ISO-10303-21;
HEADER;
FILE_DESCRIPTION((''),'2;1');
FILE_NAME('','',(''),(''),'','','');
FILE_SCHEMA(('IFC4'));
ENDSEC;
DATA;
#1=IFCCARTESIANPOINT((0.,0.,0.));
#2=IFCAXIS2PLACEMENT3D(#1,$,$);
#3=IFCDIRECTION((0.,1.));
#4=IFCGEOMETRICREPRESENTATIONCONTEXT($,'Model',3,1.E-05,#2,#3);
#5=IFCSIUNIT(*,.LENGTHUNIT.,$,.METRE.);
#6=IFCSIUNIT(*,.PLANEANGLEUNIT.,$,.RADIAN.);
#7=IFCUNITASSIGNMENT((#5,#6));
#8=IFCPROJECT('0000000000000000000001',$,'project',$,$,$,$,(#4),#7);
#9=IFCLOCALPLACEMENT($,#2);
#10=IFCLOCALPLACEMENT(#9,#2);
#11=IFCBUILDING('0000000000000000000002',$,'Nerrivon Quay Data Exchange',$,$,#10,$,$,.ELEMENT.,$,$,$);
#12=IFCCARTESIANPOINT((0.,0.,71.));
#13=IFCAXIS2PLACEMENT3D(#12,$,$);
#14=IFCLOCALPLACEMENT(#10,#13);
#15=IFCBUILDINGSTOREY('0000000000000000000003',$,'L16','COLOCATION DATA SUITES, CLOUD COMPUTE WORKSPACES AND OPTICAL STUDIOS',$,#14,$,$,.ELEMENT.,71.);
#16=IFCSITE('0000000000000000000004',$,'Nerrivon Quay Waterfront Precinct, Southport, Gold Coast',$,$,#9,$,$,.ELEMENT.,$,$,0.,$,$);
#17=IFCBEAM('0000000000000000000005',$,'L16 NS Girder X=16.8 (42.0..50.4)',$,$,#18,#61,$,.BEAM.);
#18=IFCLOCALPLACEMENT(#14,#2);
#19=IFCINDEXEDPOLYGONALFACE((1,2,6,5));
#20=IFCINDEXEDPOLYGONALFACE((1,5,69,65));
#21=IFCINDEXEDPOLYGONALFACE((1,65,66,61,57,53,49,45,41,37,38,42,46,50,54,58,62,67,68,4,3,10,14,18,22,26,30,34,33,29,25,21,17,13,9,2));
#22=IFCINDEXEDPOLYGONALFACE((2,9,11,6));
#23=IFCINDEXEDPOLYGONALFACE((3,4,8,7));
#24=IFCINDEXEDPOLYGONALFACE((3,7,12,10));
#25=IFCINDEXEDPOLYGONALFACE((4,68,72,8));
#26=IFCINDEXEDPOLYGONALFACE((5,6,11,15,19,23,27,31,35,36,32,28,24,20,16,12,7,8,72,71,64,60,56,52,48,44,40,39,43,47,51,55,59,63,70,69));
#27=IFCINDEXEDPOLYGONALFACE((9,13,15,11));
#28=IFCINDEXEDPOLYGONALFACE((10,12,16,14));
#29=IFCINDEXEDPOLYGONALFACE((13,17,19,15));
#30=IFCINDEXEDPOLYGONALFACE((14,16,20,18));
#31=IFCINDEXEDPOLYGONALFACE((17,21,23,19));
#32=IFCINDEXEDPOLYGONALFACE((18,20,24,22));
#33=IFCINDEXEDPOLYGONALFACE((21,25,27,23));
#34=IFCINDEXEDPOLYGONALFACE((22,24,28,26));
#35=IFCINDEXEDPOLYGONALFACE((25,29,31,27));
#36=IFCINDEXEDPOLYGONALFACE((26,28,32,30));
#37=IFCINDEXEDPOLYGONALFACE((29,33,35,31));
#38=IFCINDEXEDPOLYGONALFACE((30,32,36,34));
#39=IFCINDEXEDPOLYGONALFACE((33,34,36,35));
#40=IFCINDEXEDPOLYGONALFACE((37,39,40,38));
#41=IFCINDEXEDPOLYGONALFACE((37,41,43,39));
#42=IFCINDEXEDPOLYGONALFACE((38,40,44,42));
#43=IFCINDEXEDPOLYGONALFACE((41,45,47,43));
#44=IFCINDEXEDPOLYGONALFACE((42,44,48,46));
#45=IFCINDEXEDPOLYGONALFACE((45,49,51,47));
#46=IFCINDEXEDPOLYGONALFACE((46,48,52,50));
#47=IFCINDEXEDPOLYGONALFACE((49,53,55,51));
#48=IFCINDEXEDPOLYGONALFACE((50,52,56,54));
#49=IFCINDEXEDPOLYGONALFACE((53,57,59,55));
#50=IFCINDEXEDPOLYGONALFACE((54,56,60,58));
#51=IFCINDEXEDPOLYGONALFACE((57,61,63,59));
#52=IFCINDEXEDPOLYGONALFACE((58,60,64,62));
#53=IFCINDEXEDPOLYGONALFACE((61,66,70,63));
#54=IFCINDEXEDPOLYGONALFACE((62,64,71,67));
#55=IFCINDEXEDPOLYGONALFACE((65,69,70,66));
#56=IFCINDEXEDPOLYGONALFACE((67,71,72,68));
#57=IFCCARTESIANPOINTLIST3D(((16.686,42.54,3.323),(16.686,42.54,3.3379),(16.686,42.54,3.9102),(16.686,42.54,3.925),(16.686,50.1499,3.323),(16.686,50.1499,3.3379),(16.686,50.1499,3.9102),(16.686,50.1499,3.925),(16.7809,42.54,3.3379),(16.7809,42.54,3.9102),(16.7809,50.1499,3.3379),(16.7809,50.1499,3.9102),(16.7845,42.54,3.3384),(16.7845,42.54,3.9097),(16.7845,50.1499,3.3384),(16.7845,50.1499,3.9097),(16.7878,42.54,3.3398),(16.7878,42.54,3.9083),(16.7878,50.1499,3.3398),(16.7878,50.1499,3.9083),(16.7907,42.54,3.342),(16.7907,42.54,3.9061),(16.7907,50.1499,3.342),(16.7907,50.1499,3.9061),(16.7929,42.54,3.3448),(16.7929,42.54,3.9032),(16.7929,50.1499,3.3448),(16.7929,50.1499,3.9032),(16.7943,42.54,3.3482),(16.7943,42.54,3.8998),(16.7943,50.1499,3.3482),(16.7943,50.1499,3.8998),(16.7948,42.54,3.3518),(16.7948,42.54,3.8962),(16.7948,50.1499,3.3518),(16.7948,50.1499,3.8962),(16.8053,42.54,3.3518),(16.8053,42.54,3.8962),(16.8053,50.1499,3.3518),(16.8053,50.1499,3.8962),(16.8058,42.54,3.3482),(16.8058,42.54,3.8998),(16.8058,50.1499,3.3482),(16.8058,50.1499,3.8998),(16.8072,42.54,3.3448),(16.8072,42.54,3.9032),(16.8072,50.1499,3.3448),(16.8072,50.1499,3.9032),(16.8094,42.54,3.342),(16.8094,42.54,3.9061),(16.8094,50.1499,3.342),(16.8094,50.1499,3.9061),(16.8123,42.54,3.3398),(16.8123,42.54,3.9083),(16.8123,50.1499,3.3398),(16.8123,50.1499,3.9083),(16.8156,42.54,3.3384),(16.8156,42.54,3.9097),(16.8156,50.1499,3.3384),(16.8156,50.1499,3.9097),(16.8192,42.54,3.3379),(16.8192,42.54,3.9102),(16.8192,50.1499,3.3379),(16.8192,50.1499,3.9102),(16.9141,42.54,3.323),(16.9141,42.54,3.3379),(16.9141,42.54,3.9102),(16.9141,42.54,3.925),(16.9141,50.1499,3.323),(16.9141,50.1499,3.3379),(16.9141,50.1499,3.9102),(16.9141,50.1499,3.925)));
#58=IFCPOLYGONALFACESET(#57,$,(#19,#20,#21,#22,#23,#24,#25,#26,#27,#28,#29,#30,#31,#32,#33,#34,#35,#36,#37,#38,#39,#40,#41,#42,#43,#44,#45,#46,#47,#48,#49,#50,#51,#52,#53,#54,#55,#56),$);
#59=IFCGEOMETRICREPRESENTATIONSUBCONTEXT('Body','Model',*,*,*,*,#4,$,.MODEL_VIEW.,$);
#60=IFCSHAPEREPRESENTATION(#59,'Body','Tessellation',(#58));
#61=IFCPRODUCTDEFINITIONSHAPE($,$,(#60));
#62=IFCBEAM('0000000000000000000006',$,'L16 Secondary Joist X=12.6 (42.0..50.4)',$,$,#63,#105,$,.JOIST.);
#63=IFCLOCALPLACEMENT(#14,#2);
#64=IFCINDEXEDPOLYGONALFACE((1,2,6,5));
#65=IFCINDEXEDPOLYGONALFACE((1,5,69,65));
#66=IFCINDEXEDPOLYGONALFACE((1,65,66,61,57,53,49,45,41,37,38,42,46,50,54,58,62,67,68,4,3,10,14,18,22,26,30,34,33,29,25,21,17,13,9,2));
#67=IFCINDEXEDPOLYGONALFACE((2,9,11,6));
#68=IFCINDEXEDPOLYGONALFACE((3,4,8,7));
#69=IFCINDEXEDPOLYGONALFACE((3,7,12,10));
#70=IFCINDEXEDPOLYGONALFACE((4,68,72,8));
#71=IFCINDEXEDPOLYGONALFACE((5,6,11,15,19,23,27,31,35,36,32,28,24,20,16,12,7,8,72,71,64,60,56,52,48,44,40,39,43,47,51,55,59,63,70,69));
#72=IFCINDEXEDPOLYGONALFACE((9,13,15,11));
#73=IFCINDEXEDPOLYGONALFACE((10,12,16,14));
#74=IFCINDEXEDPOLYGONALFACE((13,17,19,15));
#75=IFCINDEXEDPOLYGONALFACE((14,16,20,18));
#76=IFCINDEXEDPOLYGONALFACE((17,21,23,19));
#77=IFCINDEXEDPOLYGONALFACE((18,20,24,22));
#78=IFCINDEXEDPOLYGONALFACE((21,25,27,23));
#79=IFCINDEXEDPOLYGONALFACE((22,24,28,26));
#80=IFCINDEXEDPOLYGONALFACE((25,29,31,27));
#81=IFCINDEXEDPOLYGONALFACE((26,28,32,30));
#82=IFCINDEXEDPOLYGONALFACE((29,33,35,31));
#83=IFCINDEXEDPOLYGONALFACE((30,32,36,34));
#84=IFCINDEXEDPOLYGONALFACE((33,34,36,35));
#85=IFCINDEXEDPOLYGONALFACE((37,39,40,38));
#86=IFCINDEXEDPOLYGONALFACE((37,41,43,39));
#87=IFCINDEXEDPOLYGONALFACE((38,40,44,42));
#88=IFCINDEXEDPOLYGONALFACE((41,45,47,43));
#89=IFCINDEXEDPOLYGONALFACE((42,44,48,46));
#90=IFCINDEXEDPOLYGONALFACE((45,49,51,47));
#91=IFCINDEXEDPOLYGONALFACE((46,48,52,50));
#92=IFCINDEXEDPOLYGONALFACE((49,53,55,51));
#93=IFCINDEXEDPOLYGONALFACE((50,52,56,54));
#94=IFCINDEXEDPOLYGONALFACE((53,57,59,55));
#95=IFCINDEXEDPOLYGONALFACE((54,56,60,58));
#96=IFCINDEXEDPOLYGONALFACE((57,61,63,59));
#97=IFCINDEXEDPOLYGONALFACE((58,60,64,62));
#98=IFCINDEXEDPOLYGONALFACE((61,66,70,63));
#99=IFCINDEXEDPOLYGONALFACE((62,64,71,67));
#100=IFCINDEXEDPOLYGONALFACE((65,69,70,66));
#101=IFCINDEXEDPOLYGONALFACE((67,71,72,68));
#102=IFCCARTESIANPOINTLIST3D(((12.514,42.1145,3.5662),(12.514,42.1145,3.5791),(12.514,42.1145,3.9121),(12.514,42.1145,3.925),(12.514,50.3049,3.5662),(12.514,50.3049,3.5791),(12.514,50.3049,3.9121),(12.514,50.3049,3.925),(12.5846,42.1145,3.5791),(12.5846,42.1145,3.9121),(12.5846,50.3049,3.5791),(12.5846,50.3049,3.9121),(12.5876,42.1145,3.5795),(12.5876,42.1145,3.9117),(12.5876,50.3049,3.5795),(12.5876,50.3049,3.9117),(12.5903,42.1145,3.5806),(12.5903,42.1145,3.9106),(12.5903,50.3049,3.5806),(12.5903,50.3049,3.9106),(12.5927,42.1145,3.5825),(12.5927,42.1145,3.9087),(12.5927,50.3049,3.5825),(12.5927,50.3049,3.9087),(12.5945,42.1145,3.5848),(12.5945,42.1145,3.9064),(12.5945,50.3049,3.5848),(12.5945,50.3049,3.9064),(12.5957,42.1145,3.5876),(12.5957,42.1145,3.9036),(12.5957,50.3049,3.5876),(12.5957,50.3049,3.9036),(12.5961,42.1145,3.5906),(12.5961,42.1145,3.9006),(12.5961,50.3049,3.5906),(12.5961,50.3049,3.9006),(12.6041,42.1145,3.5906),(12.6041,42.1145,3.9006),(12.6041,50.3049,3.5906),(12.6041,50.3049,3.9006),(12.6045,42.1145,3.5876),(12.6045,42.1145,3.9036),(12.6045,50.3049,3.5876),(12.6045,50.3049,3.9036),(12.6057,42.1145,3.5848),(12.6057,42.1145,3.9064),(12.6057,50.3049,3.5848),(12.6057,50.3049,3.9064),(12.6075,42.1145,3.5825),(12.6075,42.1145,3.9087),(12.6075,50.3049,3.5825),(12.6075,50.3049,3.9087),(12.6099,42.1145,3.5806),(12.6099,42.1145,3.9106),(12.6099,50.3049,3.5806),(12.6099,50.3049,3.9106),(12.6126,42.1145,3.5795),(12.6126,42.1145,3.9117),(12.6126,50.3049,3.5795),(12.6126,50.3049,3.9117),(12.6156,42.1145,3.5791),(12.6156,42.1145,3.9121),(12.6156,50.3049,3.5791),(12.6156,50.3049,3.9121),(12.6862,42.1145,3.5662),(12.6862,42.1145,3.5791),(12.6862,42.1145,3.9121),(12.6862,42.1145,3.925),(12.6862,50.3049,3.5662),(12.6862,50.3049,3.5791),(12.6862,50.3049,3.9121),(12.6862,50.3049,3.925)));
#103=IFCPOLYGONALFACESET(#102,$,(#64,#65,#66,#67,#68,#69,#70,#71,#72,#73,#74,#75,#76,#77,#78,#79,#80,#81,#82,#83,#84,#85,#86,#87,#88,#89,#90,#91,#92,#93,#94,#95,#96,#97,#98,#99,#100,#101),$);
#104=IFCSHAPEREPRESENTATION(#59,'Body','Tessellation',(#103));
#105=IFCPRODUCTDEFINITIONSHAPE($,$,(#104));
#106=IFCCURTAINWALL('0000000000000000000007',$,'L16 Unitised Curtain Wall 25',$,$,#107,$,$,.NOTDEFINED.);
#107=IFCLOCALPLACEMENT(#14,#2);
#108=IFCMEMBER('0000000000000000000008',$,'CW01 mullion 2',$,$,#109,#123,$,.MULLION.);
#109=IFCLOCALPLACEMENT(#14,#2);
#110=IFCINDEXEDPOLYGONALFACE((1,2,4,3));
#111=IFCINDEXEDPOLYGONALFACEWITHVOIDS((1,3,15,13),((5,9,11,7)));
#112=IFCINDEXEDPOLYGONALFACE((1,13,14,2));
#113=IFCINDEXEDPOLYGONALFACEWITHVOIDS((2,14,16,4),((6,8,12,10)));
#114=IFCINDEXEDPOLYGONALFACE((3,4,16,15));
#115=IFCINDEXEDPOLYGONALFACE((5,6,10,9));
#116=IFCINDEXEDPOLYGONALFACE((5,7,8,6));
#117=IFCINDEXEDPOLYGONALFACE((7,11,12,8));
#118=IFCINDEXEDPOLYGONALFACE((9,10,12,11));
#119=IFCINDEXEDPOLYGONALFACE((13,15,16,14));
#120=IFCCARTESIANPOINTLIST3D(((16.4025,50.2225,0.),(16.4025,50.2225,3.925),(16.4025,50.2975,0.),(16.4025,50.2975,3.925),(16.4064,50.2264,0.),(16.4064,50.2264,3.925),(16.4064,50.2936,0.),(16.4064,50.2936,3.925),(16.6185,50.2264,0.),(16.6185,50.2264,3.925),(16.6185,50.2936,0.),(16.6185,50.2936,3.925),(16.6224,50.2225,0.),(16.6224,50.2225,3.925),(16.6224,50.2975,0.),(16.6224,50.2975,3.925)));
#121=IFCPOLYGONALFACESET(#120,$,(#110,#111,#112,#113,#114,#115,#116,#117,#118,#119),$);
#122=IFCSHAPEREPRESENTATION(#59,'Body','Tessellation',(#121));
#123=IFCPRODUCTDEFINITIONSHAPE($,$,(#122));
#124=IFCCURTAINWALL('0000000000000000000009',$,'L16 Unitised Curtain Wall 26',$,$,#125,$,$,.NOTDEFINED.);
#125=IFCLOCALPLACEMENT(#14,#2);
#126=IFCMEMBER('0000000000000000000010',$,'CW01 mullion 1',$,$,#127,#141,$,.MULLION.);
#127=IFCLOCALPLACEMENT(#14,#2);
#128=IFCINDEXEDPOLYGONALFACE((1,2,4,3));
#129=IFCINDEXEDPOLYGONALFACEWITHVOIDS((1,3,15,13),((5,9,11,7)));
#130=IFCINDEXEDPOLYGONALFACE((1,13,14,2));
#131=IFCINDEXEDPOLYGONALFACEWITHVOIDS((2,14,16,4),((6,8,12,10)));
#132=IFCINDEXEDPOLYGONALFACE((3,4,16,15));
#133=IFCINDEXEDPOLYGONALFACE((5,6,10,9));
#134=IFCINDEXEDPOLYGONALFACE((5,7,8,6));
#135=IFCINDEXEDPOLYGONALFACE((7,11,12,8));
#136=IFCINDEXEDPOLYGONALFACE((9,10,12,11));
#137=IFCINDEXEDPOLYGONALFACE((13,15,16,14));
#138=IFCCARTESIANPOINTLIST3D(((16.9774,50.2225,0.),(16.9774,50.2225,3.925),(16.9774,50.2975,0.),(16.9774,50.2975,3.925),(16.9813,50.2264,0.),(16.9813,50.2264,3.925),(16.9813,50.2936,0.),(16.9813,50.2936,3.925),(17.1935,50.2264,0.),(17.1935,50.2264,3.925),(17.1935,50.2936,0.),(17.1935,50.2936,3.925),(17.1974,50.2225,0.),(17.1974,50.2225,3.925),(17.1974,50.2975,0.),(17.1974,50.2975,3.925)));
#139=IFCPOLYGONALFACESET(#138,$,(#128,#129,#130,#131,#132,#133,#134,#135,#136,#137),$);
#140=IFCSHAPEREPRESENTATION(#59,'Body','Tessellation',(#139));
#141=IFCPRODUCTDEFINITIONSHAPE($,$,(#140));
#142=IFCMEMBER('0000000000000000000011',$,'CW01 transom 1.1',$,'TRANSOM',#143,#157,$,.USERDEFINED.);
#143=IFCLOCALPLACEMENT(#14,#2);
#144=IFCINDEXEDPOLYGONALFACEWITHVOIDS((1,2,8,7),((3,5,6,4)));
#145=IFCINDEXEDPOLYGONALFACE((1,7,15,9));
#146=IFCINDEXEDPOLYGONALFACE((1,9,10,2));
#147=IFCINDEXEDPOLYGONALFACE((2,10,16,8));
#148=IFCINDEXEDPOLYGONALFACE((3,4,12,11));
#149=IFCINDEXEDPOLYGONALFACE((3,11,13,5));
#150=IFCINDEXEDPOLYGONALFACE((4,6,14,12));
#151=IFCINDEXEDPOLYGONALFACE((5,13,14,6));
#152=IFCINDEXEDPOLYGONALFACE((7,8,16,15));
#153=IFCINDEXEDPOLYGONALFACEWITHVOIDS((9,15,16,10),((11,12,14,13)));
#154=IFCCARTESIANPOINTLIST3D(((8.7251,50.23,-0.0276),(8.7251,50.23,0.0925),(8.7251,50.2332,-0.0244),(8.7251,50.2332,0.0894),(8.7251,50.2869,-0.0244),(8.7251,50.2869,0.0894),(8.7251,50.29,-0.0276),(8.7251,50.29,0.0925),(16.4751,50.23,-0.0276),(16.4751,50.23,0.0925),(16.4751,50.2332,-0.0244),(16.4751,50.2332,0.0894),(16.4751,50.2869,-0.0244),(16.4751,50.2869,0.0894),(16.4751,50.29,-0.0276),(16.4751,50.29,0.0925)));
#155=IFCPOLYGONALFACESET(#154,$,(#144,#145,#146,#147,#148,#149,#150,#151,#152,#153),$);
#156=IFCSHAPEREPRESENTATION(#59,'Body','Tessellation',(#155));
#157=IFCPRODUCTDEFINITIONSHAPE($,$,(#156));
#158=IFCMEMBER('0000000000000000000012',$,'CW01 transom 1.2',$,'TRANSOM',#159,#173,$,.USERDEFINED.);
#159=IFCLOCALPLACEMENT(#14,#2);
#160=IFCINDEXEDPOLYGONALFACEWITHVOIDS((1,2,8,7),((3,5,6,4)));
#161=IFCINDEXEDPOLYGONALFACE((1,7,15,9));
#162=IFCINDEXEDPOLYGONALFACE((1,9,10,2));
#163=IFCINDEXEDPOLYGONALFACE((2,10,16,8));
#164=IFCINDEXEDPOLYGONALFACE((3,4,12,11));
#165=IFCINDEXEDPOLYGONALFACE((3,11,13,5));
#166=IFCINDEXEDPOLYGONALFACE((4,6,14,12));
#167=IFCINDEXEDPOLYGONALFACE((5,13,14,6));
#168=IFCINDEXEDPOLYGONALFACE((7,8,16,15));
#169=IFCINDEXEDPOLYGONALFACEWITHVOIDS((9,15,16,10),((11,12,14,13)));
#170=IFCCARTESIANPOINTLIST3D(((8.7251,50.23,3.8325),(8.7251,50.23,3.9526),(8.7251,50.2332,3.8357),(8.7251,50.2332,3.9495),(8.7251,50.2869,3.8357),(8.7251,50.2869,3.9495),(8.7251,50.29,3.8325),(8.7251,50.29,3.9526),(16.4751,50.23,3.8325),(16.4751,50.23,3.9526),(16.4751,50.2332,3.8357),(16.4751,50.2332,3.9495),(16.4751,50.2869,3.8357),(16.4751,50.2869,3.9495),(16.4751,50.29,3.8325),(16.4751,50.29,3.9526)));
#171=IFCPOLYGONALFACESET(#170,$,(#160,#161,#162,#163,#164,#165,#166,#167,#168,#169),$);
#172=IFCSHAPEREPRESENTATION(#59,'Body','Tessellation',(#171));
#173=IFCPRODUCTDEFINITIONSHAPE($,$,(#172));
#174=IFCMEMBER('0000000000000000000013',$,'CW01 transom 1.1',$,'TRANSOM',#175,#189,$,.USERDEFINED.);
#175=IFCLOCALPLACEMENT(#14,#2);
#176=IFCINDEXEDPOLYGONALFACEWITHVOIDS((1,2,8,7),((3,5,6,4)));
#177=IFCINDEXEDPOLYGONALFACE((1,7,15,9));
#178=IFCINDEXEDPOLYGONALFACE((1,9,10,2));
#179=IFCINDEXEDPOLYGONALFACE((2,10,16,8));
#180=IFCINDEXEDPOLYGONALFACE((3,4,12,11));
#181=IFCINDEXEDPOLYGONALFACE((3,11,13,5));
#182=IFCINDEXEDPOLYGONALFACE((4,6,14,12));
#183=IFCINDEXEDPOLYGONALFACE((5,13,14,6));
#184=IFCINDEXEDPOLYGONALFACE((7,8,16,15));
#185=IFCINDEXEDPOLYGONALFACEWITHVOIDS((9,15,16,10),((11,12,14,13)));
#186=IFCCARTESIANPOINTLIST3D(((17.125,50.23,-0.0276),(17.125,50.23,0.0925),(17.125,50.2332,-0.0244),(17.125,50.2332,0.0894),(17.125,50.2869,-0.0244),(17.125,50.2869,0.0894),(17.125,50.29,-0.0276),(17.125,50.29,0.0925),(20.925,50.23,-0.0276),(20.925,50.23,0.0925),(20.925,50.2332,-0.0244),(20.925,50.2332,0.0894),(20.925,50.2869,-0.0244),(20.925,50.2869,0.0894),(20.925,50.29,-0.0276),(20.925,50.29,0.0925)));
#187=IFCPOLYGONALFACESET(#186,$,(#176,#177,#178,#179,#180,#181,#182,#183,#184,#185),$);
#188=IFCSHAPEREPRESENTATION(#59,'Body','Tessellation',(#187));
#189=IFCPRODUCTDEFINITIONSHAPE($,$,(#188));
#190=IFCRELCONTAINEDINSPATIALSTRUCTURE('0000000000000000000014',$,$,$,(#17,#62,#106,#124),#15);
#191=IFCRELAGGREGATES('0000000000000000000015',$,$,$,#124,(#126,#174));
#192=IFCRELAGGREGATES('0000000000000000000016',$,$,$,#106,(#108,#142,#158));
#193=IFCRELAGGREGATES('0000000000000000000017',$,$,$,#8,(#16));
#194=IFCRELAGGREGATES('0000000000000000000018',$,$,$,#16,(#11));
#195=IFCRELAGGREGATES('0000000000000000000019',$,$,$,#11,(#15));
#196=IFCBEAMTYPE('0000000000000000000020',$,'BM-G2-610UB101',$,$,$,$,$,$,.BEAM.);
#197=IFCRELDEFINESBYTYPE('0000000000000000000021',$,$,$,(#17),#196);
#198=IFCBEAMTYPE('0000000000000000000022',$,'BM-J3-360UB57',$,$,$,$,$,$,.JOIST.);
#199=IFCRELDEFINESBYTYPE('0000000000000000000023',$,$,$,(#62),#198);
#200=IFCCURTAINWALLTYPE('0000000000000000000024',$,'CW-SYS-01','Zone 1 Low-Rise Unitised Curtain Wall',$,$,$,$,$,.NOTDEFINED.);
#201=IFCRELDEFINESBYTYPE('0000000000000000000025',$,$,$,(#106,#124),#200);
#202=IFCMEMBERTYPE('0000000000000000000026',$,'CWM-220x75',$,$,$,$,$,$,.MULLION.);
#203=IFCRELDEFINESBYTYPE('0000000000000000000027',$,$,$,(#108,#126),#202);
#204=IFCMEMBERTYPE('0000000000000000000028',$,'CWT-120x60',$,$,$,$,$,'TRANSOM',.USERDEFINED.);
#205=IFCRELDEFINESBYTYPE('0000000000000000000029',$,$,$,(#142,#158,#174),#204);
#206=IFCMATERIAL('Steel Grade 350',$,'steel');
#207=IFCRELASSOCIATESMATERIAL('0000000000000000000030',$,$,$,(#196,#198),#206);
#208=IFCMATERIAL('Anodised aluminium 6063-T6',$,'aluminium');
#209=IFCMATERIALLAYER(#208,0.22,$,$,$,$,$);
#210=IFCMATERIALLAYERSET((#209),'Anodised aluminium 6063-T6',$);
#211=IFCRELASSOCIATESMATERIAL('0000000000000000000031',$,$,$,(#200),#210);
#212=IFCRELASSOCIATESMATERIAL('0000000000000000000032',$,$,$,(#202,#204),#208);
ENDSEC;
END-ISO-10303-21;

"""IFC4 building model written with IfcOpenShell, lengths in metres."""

from ifc_helpers import new_model, si_unit, direction, frame, origin, origin_2d, place, context, subcontext, project, spatial, hollow_rectangle, i_section, extrude, material, layer, layer_set, material_profile, profile_set, type_object, element, aggregate, save


model = new_model("IFC4")

# Units and contexts
model_context = context("Model", 3, precision=1e-05, world=origin(), true_north=direction((0.0, 1.0)))
body_context = subcontext(model_context, "Body", "Model", "MODEL_VIEW")
ifc_project = project(units=[si_unit("LENGTHUNIT", "METRE"), si_unit("PLANEANGLEUNIT", "RADIAN")], contexts=[model_context])

# Site, building, storey
site_placement = place(None, origin())
site = spatial("IfcSite", under=ifc_project, at=site_placement, Name="Nerrivon Quay Waterfront Precinct, Southport, Gold Coast", CompositionType="ELEMENT", RefElevation=0.0)
building_placement = place(site_placement, origin())
building = spatial("IfcBuilding", under=site, at=building_placement, Name="Nerrivon Quay Data Exchange", CompositionType="ELEMENT")
storey_placement = place(building_placement, frame((0.0, 0.0, 71.0)))
storey = spatial("IfcBuildingStorey", under=building, at=storey_placement, Name="L16", Description="COLOCATION DATA SUITES, CLOUD COMPUTE WORKSPACES AND OPTICAL STUDIOS", CompositionType="ELEMENT", Elevation=71.0)

# Shared definitions
ifc_material_1 = material(Name="Steel Grade 350", Category="steel")

# Beams
ifc_material_profile_1 = material_profile(ifc_material_1, i_section(OverallWidth=0.228, OverallDepth=0.6021, WebThickness=0.0105, FlangeThickness=0.0149, FilletRadius=0.0139, at=origin_2d()), Name="610UB101")
ifc_profile_set_1 = profile_set([ifc_material_profile_1], Name="Steel Grade 350")
beam_type_1 = type_object("IfcBeamType", Name="BM-G2-610UB101", PredefinedType="BEAM", material=ifc_profile_set_1)
beam_1_placement = place(storey_placement, frame((16.8, 42.54, 3.624), z_axis=(0.0, 1.0, 0.0), x_axis=(-1.0, 0.0, 0.0)))
element("IfcBeam", 1, at=beam_1_placement, inside=storey, type_object=beam_type_1, Name="L16 NS Girder X=16.8 (42.0..50.4)", PredefinedType="BEAM", context=body_context, shape_type="SweptSolid", body=[
    extrude(i_section(OverallWidth=0.228, OverallDepth=0.6021, WebThickness=0.0105, FlangeThickness=0.0149, FilletRadius=0.0139, at=origin_2d()), origin(), (0.0, 0.0, 1.0), 7.6099),
])
ifc_material_profile_2 = material_profile(ifc_material_1, i_section(OverallWidth=0.1721, OverallDepth=0.3589, WebThickness=0.0081, FlangeThickness=0.0129, FilletRadius=0.0115, at=origin_2d()), Name="360UB56.7")
ifc_profile_set_2 = profile_set([ifc_material_profile_2], Name="Steel Grade 350")
beam_type_2 = type_object("IfcBeamType", Name="BM-J3-360UB57", PredefinedType="JOIST", material=ifc_profile_set_2)
beam_2_placement = place(storey_placement, frame((12.6001, 42.1145, 3.7456), z_axis=(0.0, 1.0, 0.0), x_axis=(-1.0, 0.0, 0.0)))
element("IfcBeam", 2, at=beam_2_placement, inside=storey, type_object=beam_type_2, Name="L16 Secondary Joist X=12.6 (42.0..50.4)", PredefinedType="JOIST", context=body_context, shape_type="SweptSolid", body=[
    extrude(i_section(OverallWidth=0.1721, OverallDepth=0.3589, WebThickness=0.0081, FlangeThickness=0.0129, FilletRadius=0.0115, at=origin_2d()), origin(), (0.0, 0.0, 1.0), 8.1904),
])

# Curtain walls, members
ifc_material_2 = material(Name="Anodised aluminium 6063-T6", Category="aluminium")
ifc_layer_1 = layer(ifc_material_2, 0.22)
ifc_layer_set_1 = layer_set([ifc_layer_1], Name="Anodised aluminium 6063-T6")
curtain_wall_type = type_object("IfcCurtainWallType", Name="CW-SYS-01", Description="Zone 1 Low-Rise Unitised Curtain Wall", PredefinedType="NOTDEFINED", material=ifc_layer_set_1)
curtain_wall_1_placement = place(storey_placement, origin())
curtain_wall_1 = element("IfcCurtainWall", 3, at=curtain_wall_1_placement, inside=storey, type_object=curtain_wall_type, Name="L16 Unitised Curtain Wall 25", PredefinedType="NOTDEFINED")
ifc_material_profile_3 = material_profile(ifc_material_2, hollow_rectangle(XDim=0.075, YDim=0.22, WallThickness=0.0039, at=origin_2d()), Name="ALU-MULL-220x75")
ifc_profile_set_3 = profile_set([ifc_material_profile_3], Name="Anodised aluminium 6063-T6")
member_type_1 = type_object("IfcMemberType", Name="CWM-220x75", PredefinedType="MULLION", material=ifc_profile_set_3)
member_1_placement = place(storey_placement, frame((16.5125, 50.26, 0.0), z_axis=(0.0, 0.0, 1.0), x_axis=(0.0, 1.0, 0.0)))
member_1 = element("IfcMember", 4, at=member_1_placement, type_object=member_type_1, Name="CW01 mullion 2", PredefinedType="MULLION", context=body_context, shape_type="SweptSolid", body=[
    extrude(hollow_rectangle(XDim=0.075, YDim=0.22, WallThickness=0.0039, at=origin_2d()), origin(), (0.0, 0.0, 1.0), 3.925),
])
curtain_wall_2_placement = place(storey_placement, origin())
curtain_wall_2 = element("IfcCurtainWall", 5, at=curtain_wall_2_placement, inside=storey, type_object=curtain_wall_type, Name="L16 Unitised Curtain Wall 26", PredefinedType="NOTDEFINED")
member_2_placement = place(storey_placement, frame((17.0874, 50.26, 0.0), z_axis=(0.0, 0.0, 1.0), x_axis=(0.0, 1.0, 0.0)))
member_2 = element("IfcMember", 6, at=member_2_placement, type_object=member_type_1, Name="CW01 mullion 1", PredefinedType="MULLION", context=body_context, shape_type="SweptSolid", body=[
    extrude(hollow_rectangle(XDim=0.075, YDim=0.22, WallThickness=0.0039, at=origin_2d()), origin(), (0.0, 0.0, 1.0), 3.925),
])

# Members
ifc_material_profile_4 = material_profile(ifc_material_2, hollow_rectangle(XDim=0.0601, YDim=0.1201, WallThickness=0.0032, at=origin_2d()), Name="ALU-TRAN-120x60")
ifc_profile_set_4 = profile_set([ifc_material_profile_4], Name="Anodised aluminium 6063-T6")
member_type_2 = type_object("IfcMemberType", Name="CWT-120x60", ElementType="TRANSOM", PredefinedType="USERDEFINED", material=ifc_profile_set_4)
member_3_placement = place(storey_placement, frame((8.7251, 50.26, 0.0325), z_axis=(1.0, 0.0, 0.0), x_axis=(0.0, 1.0, 0.0)))
member_3 = element("IfcMember", 7, at=member_3_placement, type_object=member_type_2, Name="CW01 transom 1.1", ObjectType="TRANSOM", PredefinedType="USERDEFINED", context=body_context, shape_type="SweptSolid", body=[
    extrude(hollow_rectangle(XDim=0.0601, YDim=0.1201, WallThickness=0.0032, at=origin_2d()), origin(), (0.0, 0.0, 1.0), 7.75),
])
member_4_placement = place(storey_placement, frame((8.7251, 50.26, 3.8926), z_axis=(1.0, 0.0, 0.0), x_axis=(0.0, 1.0, 0.0)))
member_4 = element("IfcMember", 8, at=member_4_placement, type_object=member_type_2, Name="CW01 transom 1.2", ObjectType="TRANSOM", PredefinedType="USERDEFINED", context=body_context, shape_type="SweptSolid", body=[
    extrude(hollow_rectangle(XDim=0.0601, YDim=0.1201, WallThickness=0.0032, at=origin_2d()), origin(), (0.0, 0.0, 1.0), 7.75),
])
member_5_placement = place(storey_placement, frame((17.125, 50.26, 0.0325), z_axis=(1.0, 0.0, 0.0), x_axis=(0.0, 1.0, 0.0)))
member_5 = element("IfcMember", 9, at=member_5_placement, type_object=member_type_2, Name="CW01 transom 1.1", ObjectType="TRANSOM", PredefinedType="USERDEFINED", context=body_context, shape_type="SweptSolid", body=[
    extrude(hollow_rectangle(XDim=0.0601, YDim=0.1201, WallThickness=0.0032, at=origin_2d()), origin(), (0.0, 0.0, 1.0), 3.8),
])
aggregate(curtain_wall_2, [member_2, member_5])

aggregate(curtain_wall_1, [member_1, member_3, member_4])

save(model, "model.ifc")
